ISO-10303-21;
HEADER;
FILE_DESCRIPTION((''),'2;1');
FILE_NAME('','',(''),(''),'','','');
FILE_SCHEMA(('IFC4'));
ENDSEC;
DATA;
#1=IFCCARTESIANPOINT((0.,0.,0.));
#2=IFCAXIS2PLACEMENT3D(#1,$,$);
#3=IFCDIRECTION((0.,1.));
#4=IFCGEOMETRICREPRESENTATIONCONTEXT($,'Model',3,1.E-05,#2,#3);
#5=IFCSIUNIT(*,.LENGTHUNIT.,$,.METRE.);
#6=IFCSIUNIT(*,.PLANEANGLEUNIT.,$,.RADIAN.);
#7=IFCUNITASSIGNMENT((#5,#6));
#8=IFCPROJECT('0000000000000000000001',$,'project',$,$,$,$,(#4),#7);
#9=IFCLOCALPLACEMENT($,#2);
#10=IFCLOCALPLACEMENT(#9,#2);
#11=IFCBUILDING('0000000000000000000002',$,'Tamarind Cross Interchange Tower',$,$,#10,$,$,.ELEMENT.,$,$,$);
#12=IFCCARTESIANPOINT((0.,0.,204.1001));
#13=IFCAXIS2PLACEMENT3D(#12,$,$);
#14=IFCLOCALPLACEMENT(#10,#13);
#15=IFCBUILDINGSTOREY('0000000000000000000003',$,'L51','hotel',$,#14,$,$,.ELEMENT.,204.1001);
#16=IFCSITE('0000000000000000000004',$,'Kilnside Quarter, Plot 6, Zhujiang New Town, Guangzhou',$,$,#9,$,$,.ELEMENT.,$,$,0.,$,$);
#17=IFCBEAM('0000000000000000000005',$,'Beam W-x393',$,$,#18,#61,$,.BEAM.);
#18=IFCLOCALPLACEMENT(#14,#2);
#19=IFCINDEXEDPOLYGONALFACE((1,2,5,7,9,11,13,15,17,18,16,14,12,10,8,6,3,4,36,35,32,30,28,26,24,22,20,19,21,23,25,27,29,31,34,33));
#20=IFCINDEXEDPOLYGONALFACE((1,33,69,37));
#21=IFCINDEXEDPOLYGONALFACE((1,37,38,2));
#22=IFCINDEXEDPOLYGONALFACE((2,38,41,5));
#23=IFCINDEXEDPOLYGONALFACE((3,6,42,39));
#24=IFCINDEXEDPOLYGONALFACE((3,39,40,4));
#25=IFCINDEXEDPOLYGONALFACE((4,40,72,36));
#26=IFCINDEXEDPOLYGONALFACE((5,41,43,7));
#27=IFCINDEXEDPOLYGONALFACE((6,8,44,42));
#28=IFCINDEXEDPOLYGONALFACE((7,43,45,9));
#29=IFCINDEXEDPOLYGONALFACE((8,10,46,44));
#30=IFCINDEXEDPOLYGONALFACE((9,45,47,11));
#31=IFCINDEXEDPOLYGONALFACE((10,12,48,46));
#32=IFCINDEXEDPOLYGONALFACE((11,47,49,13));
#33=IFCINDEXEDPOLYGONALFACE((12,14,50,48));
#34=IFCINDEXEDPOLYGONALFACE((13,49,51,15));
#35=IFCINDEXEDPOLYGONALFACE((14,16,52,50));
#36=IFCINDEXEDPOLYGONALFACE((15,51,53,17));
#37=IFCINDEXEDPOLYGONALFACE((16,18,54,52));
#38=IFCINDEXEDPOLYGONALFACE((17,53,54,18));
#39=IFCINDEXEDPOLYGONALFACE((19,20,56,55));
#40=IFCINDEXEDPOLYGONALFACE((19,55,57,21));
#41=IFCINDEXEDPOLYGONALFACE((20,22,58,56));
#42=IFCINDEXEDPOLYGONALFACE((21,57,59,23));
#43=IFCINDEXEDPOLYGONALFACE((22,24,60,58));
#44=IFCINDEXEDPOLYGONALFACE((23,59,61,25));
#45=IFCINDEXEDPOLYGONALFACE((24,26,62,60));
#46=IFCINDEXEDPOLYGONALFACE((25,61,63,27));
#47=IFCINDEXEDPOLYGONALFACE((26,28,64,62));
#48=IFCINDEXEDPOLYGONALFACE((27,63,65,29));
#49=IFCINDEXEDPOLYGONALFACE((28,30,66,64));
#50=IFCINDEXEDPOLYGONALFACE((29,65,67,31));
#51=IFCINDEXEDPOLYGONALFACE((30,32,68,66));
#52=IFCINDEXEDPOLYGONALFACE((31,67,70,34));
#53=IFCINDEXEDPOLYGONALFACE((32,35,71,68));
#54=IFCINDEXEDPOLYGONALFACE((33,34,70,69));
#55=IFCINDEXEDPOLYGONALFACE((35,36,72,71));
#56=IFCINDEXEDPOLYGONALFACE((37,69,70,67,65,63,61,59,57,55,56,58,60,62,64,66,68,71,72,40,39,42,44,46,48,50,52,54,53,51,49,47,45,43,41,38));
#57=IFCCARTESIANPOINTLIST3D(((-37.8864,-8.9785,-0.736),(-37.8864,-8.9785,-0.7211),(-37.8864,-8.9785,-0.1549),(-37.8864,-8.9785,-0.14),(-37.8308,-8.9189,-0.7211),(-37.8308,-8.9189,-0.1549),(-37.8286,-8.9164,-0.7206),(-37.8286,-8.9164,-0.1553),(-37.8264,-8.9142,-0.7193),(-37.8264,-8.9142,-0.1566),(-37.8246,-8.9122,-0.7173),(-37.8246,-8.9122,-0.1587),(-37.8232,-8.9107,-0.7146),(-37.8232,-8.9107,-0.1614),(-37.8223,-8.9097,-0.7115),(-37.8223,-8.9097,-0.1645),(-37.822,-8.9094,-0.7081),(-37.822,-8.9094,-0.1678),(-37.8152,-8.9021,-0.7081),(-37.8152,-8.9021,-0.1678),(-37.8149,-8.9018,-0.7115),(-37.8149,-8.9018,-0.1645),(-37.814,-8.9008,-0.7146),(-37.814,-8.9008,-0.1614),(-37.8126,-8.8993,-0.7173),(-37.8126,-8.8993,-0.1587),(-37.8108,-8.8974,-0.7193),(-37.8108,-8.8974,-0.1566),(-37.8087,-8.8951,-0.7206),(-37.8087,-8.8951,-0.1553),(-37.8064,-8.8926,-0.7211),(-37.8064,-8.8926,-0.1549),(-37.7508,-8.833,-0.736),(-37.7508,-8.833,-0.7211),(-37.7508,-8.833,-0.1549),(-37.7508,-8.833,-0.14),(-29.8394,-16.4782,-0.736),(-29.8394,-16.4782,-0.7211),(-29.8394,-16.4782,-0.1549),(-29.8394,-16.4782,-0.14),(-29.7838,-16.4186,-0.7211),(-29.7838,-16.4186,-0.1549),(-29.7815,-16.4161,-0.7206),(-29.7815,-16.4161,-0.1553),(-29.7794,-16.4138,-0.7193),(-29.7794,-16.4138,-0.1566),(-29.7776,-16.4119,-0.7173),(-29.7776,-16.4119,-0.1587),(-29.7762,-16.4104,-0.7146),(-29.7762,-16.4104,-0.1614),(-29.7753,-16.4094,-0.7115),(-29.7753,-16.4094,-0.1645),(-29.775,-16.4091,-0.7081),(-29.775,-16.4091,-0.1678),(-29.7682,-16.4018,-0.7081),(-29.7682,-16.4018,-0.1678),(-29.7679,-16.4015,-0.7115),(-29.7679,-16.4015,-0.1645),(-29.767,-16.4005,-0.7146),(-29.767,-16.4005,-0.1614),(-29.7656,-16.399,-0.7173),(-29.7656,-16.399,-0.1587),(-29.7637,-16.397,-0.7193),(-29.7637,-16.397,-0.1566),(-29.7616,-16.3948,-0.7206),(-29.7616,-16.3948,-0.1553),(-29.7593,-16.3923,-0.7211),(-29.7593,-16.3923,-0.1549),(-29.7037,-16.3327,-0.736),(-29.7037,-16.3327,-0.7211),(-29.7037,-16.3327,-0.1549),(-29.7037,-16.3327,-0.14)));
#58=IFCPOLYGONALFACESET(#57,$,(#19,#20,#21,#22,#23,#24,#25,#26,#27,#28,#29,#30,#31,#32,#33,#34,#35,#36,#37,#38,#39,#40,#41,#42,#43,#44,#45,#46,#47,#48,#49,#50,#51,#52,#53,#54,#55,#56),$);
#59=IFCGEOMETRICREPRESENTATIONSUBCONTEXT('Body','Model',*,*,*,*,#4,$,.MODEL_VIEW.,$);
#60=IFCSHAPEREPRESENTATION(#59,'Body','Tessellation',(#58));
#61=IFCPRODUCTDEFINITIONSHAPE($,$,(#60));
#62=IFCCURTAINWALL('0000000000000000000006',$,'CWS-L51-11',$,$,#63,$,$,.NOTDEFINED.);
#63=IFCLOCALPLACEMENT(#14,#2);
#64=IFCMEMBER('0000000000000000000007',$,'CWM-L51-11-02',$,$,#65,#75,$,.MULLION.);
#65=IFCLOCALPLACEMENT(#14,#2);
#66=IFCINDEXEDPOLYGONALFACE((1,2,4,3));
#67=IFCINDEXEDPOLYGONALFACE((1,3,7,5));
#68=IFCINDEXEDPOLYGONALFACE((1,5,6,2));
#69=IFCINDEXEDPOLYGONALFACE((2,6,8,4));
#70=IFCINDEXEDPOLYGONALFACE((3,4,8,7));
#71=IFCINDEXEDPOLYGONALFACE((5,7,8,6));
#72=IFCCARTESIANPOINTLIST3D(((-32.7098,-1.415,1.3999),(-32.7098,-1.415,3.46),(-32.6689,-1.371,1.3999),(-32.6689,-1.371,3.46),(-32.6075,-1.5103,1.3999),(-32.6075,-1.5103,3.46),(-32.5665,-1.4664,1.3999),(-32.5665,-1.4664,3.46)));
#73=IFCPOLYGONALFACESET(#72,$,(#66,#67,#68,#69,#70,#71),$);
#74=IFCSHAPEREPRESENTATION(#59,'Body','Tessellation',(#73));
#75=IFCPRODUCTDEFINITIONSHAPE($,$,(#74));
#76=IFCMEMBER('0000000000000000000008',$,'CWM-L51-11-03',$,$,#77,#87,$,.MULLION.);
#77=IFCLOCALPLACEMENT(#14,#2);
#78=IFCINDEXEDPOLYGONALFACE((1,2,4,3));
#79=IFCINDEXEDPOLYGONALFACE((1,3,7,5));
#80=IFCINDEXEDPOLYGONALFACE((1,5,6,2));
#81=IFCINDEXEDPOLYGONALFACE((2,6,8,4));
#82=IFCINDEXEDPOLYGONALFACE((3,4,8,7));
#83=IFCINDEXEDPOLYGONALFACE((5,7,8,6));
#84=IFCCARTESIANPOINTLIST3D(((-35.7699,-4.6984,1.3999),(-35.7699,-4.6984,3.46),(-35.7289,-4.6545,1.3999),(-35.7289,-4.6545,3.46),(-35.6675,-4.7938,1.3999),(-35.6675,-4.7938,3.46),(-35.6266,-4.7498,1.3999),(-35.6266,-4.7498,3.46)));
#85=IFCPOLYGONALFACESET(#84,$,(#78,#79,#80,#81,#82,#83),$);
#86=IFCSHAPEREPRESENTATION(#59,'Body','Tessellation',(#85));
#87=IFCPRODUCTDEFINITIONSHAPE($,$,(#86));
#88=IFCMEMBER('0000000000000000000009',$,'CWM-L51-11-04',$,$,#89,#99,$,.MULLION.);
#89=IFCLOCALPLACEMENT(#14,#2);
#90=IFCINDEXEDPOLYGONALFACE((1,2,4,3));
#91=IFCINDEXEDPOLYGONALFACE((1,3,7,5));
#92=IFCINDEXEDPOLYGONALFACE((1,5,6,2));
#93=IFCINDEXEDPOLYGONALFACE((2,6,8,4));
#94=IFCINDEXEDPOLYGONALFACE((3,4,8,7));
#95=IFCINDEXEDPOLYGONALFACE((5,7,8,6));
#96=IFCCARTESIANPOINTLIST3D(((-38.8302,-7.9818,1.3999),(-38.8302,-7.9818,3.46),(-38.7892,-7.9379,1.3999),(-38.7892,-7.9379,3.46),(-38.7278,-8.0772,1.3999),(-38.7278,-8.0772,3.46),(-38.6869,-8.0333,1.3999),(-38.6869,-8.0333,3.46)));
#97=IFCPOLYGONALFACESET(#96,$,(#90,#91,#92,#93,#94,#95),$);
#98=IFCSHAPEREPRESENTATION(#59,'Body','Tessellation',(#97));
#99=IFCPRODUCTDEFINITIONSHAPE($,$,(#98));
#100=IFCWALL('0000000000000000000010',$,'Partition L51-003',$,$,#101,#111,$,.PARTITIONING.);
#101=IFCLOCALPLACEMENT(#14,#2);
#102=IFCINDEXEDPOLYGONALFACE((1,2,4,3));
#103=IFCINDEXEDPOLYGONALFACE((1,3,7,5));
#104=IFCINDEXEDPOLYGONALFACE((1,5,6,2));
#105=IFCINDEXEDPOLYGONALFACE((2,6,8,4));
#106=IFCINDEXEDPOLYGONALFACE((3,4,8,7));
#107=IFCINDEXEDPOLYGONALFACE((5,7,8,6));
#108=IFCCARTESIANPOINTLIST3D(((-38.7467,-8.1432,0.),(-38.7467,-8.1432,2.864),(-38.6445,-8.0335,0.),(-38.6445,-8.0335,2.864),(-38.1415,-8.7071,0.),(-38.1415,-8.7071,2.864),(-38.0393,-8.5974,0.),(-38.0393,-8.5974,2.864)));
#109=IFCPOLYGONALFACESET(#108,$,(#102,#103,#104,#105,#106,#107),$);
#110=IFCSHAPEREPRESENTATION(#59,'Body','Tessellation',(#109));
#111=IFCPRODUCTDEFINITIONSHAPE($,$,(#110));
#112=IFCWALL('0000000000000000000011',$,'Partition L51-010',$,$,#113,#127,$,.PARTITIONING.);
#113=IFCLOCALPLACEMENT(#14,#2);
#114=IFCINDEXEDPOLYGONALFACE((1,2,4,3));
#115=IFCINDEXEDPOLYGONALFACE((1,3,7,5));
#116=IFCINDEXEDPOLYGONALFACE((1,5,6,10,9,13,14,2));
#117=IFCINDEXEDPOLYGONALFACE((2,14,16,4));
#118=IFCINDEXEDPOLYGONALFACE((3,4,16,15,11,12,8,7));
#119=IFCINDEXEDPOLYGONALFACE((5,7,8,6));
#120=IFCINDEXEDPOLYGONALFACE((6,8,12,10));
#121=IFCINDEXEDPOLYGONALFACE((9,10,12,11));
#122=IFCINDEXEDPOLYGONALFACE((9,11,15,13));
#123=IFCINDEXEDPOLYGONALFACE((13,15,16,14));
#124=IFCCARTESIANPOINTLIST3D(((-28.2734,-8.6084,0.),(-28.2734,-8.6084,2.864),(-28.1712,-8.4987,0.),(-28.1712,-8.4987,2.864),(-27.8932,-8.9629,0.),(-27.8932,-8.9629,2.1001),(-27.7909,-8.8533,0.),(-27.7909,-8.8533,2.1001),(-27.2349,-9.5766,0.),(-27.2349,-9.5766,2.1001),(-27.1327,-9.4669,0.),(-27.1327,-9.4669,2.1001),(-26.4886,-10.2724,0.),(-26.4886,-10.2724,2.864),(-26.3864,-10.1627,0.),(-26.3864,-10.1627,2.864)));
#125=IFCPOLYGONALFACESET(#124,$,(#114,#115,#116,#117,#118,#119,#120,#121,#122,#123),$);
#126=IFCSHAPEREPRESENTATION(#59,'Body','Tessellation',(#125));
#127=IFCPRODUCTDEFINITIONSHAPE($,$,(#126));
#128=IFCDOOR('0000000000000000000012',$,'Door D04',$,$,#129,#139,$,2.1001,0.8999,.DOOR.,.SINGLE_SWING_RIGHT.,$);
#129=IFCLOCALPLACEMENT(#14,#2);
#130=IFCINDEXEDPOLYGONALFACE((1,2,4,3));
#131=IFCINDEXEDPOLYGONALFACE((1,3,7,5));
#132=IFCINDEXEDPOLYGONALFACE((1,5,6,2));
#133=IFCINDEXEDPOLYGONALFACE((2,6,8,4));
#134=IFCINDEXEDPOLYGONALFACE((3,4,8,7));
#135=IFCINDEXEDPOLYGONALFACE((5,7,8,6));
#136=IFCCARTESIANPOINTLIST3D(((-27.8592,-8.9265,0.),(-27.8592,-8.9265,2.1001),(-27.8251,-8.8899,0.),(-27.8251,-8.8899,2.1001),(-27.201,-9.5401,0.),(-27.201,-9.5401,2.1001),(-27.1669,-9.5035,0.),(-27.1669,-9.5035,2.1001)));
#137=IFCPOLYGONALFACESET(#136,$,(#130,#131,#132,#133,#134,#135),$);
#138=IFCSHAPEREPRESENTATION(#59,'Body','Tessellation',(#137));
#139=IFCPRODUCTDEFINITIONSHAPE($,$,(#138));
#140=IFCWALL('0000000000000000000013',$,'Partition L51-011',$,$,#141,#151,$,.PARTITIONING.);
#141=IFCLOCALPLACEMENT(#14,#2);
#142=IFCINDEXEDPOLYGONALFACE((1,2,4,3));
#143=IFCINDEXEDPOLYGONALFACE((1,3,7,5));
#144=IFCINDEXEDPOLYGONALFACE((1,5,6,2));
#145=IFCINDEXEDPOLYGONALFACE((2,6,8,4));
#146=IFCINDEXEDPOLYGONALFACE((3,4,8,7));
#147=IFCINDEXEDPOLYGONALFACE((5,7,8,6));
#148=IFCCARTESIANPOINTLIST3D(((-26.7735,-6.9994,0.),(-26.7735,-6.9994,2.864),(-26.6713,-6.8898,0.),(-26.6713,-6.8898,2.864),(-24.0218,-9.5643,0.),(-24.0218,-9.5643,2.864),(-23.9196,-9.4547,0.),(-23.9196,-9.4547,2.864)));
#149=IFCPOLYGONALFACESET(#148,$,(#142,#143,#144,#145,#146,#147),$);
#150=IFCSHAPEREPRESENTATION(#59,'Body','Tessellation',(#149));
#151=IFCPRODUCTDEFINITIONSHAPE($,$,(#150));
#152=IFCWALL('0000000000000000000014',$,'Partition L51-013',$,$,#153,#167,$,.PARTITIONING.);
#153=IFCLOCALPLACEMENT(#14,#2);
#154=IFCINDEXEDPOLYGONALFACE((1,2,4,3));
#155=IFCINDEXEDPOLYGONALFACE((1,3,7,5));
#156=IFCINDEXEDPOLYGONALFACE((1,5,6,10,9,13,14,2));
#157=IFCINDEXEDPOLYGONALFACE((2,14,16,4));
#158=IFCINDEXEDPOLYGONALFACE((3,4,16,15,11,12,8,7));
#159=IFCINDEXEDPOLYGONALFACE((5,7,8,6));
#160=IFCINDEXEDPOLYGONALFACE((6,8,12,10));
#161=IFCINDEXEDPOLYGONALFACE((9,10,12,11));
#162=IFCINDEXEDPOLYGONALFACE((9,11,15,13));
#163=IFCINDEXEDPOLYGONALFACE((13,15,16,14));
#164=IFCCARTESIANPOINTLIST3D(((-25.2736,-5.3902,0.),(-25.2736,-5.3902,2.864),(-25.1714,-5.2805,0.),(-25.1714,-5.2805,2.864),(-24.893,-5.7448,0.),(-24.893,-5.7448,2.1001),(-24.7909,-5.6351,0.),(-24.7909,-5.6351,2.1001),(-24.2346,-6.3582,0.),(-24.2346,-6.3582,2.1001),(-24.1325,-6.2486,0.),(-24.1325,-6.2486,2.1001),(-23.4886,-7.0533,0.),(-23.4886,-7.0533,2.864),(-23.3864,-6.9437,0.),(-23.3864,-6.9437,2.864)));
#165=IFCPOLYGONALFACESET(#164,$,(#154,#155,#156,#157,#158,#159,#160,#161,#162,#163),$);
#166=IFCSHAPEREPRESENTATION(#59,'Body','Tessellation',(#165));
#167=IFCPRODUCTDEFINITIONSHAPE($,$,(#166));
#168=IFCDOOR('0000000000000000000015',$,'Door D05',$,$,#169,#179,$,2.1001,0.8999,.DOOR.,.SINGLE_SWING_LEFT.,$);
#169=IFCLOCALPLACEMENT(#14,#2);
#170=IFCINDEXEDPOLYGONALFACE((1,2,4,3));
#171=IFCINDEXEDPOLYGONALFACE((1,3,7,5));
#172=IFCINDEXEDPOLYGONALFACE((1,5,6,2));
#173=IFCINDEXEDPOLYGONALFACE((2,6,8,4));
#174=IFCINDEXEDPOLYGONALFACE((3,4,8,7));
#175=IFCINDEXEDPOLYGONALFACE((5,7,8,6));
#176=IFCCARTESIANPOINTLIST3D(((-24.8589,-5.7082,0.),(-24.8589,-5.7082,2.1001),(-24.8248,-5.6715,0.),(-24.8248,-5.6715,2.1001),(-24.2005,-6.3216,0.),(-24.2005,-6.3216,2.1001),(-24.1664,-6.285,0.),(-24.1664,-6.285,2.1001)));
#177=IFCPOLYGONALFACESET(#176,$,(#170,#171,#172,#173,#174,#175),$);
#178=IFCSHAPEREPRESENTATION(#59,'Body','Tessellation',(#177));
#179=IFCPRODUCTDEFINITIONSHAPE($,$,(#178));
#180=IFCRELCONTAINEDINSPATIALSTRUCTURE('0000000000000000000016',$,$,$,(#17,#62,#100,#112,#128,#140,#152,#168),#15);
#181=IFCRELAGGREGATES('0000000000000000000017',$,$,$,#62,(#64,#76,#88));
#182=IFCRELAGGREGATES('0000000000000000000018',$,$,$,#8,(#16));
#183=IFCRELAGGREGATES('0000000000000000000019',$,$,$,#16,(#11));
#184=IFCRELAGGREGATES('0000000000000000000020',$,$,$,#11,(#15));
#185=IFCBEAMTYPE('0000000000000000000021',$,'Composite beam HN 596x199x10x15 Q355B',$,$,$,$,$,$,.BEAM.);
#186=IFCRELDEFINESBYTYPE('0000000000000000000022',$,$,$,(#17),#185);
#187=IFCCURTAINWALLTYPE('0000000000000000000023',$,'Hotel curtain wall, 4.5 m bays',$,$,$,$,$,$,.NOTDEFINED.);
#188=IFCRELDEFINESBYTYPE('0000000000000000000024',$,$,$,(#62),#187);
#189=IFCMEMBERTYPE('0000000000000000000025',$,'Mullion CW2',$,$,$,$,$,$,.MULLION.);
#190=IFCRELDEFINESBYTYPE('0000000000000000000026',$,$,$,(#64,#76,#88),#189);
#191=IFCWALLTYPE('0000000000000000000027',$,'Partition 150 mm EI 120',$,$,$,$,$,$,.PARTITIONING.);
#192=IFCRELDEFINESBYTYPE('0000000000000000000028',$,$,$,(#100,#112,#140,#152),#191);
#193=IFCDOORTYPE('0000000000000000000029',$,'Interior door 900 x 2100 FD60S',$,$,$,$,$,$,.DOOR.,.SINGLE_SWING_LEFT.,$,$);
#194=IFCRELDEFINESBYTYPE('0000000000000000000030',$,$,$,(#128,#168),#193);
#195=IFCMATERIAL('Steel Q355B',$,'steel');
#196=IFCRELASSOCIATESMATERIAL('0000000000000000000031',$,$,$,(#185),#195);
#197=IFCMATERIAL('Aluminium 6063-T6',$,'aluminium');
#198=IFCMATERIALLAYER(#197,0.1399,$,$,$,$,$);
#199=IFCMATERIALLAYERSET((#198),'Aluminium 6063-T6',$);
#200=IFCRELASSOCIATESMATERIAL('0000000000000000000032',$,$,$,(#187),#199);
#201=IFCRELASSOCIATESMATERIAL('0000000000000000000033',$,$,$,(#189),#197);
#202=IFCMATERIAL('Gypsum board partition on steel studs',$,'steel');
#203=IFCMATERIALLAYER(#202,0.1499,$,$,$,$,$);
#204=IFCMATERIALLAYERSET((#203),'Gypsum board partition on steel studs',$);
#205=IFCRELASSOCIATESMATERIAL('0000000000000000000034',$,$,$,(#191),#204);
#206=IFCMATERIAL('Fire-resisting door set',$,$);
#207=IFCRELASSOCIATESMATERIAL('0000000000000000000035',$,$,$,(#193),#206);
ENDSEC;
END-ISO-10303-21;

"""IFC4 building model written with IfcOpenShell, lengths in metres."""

from ifc_helpers import new_model, si_unit, direction, frame, frame_2d, origin, origin_2d, place, context, subcontext, project, spatial, rectangle, i_section, extrude, material, layer, layer_set, material_profile, profile_set, type_object, element, fill, aggregate, save


model = new_model("IFC4")

# Units and contexts
model_context = context("Model", 3, precision=1e-05, world=origin(), true_north=direction((0.0, 1.0)))
body_context = subcontext(model_context, "Body", "Model", "MODEL_VIEW")
ifc_project = project(units=[si_unit("LENGTHUNIT", "METRE"), si_unit("PLANEANGLEUNIT", "RADIAN")], contexts=[model_context])

# Site, building, storey
site_placement = place(None, origin())
site = spatial("IfcSite", under=ifc_project, at=site_placement, Name="Kilnside Quarter, Plot 6, Zhujiang New Town, Guangzhou", CompositionType="ELEMENT", RefElevation=0.0)
building_placement = place(site_placement, origin())
building = spatial("IfcBuilding", under=site, at=building_placement, Name="Tamarind Cross Interchange Tower", CompositionType="ELEMENT")
storey_placement = place(building_placement, frame((0.0, 0.0, 204.1001)))
storey = spatial("IfcBuildingStorey", under=building, at=storey_placement, Name="L51", Description="hotel", CompositionType="ELEMENT", Elevation=204.1001)

# Beam
ifc_material_1 = material(Name="Steel Q355B", Category="steel")
ifc_material_profile_1 = material_profile(ifc_material_1, i_section(OverallWidth=0.199, OverallDepth=0.5959, WebThickness=0.01, FlangeThickness=0.0149, FilletRadius=0.0129, at=origin_2d()), Name="HN 596x199x10x15")
ifc_profile_set_1 = profile_set([ifc_material_profile_1], Name="Steel Q355B")
beam_type_1 = type_object("IfcBeamType", Name="Composite beam HN 596x199x10x15 Q355B", PredefinedType="BEAM", material=ifc_profile_set_1)
for number, where, z_axis, x_axis, name in (
    (1, (-37.8186, -8.9058, -0.438), (0.731549, -0.681789, 0.0), (0.681789, 0.731549, 0.0), "Beam W-x393"),
):
    element("IfcBeam", number, at=place(storey_placement, frame(where, z_axis=z_axis, x_axis=x_axis)), inside=storey, type_object=beam_type_1, Name=name, PredefinedType="BEAM", context=body_context, shape_type="SweptSolid", body=[
        extrude(i_section(OverallWidth=0.199, OverallDepth=0.5959, WebThickness=0.01, FlangeThickness=0.0149, FilletRadius=0.0129, at=origin_2d()), origin(), (0.0, 0.0, 1.0), 11.0),
    ])

# Curtain wall, members
ifc_material_2 = material(Name="Aluminium 6063-T6", Category="aluminium")
ifc_layer_1 = layer(ifc_material_2, 0.1399)
ifc_layer_set_1 = layer_set([ifc_layer_1], Name="Aluminium 6063-T6")
curtain_wall_type = type_object("IfcCurtainWallType", Name="Hotel curtain wall, 4.5 m bays", PredefinedType="NOTDEFINED", material=ifc_layer_set_1)
curtain_wall_placement = place(storey_placement, origin())
curtain_wall = element("IfcCurtainWall", 2, at=curtain_wall_placement, inside=storey, type_object=curtain_wall_type, Name="CWS-L51-11", PredefinedType="NOTDEFINED")
ifc_material_profile_2 = material_profile(ifc_material_2, rectangle(XDim=0.0601, YDim=0.1399, at=origin_2d()), Name="Mullion CW2")
ifc_profile_set_2 = profile_set([ifc_material_profile_2], Name="Aluminium 6063-T6")
member_type = type_object("IfcMemberType", Name="Mullion CW2", PredefinedType="MULLION", material=ifc_profile_set_2)
member_1_placement = place(storey_placement, frame((-32.6382, -1.4407, 1.3999), z_axis=(0.0, 0.0, 1.0), x_axis=(-0.681794, -0.731544, 0.0)))
member_1 = element("IfcMember", 3, at=member_1_placement, type_object=member_type, Name="CWM-L51-11-02", PredefinedType="MULLION", context=body_context, shape_type="SweptSolid", body=[
    extrude(rectangle(XDim=0.0601, YDim=0.1399, at=origin_2d()), origin(), (0.0, 0.0, 1.0), 2.0601),
])
member_2_placement = place(storey_placement, frame((-35.6982, -4.7241, 1.3999), z_axis=(0.0, 0.0, 1.0), x_axis=(-0.681794, -0.731544, 0.0)))
member_2 = element("IfcMember", 4, at=member_2_placement, type_object=member_type, Name="CWM-L51-11-03", PredefinedType="MULLION", context=body_context, shape_type="SweptSolid", body=[
    extrude(rectangle(XDim=0.0601, YDim=0.1399, at=origin_2d()), origin(), (0.0, 0.0, 1.0), 2.0601),
])
member_3_placement = place(storey_placement, frame((-38.7585, -8.0076, 1.3999), z_axis=(0.0, 0.0, 1.0), x_axis=(-0.681794, -0.731544, 0.0)))
member_3 = element("IfcMember", 5, at=member_3_placement, type_object=member_type, Name="CWM-L51-11-04", PredefinedType="MULLION", context=body_context, shape_type="SweptSolid", body=[
    extrude(rectangle(XDim=0.0601, YDim=0.1399, at=origin_2d()), origin(), (0.0, 0.0, 1.0), 2.0601),
])
aggregate(curtain_wall, [member_1, member_2, member_3])

# Wall
ifc_material_3 = material(Name="Gypsum board partition on steel studs", Category="steel")
ifc_layer_2 = layer(ifc_material_3, 0.1499)
ifc_layer_set_2 = layer_set([ifc_layer_2], Name="Gypsum board partition on steel studs")
wall_type_1 = type_object("IfcWallType", Name="Partition 150 mm EI 120", PredefinedType="PARTITIONING", material=ifc_layer_set_2)
wall_1_placement = place(storey_placement, frame((-38.6956, -8.0884, 0.0), z_axis=(0.0, 0.0, 1.0), x_axis=(0.731605, -0.681729, 0.0)))
element("IfcWall", 6, at=wall_1_placement, inside=storey, type_object=wall_type_1, Name="Partition L51-003", PredefinedType="PARTITIONING", context=body_context, shape_type="SweptSolid", body=[
    extrude(rectangle(XDim=0.8271, YDim=0.1499, at=frame_2d((0.4136, 0.0))), origin(), (0.0, 0.0, 1.0), 2.864),
])

# Wall, opening, door
wall_2_placement = place(storey_placement, frame((-28.2224, -8.5535, 0.0), z_axis=(0.0, 0.0, 1.0), x_axis=(0.731434, -0.681912, 0.0)))
wall_2 = element("IfcWall", 7, at=wall_2_placement, inside=storey, type_object=wall_type_1, Name="Partition L51-010", PredefinedType="PARTITIONING", context=body_context, shape_type="SweptSolid", body=[
    extrude(rectangle(XDim=2.4402, YDim=0.1499, at=frame_2d((1.2202, 0.0))), origin(), (0.0, 0.0, 1.0), 2.864),
])
opening_1_placement = place(wall_2_placement, frame((0.52, 0.0, 0.0)))
opening_1 = element("IfcOpeningElement", 8, at=opening_1_placement, cuts=wall_2, PredefinedType="OPENING", context=body_context, shape_type="SweptSolid", body=[
    extrude(rectangle(XDim=0.8999, YDim=2.1001, at=frame_2d((0.45, 1.05))), frame((0.0, 0.085, 0.0), z_axis=(0.0, -1.0, 0.0), x_axis=(1.0, 0.0, 0.0)), (0.0, 0.0, 1.0), 0.1699),
])
ifc_material_4 = material(Name="Fire-resisting door set")
door_type_1 = type_object("IfcDoorType", Name="Interior door 900 x 2100 FD60S", OperationType="SINGLE_SWING_LEFT", PredefinedType="DOOR", material=ifc_material_4)
door_1_placement = place(opening_1_placement, origin())
door_1 = element("IfcDoor", 9, at=door_1_placement, inside=storey, type_object=door_type_1, Name="Door D04", OperationType="SINGLE_SWING_RIGHT", OverallHeight=2.1001, OverallWidth=0.8999, PredefinedType="DOOR", context=body_context, shape_type="SweptSolid", body=[
    extrude(rectangle(XDim=0.8999, YDim=2.1001, at=frame_2d((0.45, 1.05))), frame((0.0, 0.0249, 0.0), z_axis=(0.0, -1.0, 0.0), x_axis=(1.0, 0.0, 0.0)), (0.0, 0.0, 1.0), 0.05),
])
fill(opening_1, door_1)

# Wall
wall_3_placement = place(storey_placement, frame((-26.7224, -6.9446, 0.0), z_axis=(0.0, 0.0, 1.0), x_axis=(0.731495, -0.681846, 0.0)))
element("IfcWall", 10, at=wall_3_placement, inside=storey, type_object=wall_type_1, Name="Partition L51-011", PredefinedType="PARTITIONING", context=body_context, shape_type="SweptSolid", body=[
    extrude(rectangle(XDim=3.7617, YDim=0.1499, at=frame_2d((1.8809, 0.0))), origin(), (0.0, 0.0, 1.0), 2.864),
])

# Wall, opening, door
wall_4_placement = place(storey_placement, frame((-25.2224, -5.3354, 0.0), z_axis=(0.0, 0.0, 1.0), x_axis=(0.731634, -0.681698, 0.0)))
wall_4 = element("IfcWall", 11, at=wall_4_placement, inside=storey, type_object=wall_type_1, Name="Partition L51-013", PredefinedType="PARTITIONING", context=body_context, shape_type="SweptSolid", body=[
    extrude(rectangle(XDim=2.4397, YDim=0.1499, at=frame_2d((1.2197, 0.0))), origin(), (0.0, 0.0, 1.0), 2.864),
])
opening_2_placement = place(wall_4_placement, frame((0.52, 0.0, 0.0)))
opening_2 = element("IfcOpeningElement", 12, at=opening_2_placement, cuts=wall_4, PredefinedType="OPENING", context=body_context, shape_type="SweptSolid", body=[
    extrude(rectangle(XDim=0.8999, YDim=2.1001, at=frame_2d((0.45, 1.05))), frame((0.0, 0.085, 0.0), z_axis=(0.0, -1.0, 0.0), x_axis=(1.0, 0.0, 0.0)), (0.0, 0.0, 1.0), 0.1699),
])
door_2_placement = place(opening_2_placement, frame((0.8999, 0.0, 0.0), z_axis=(0.0, 0.0, 1.0), x_axis=(-1.0, 0.0, 0.0)))
door_2 = element("IfcDoor", 13, at=door_2_placement, inside=storey, type_object=door_type_1, Name="Door D05", OperationType="SINGLE_SWING_LEFT", OverallHeight=2.1001, OverallWidth=0.8999, PredefinedType="DOOR", context=body_context, shape_type="SweptSolid", body=[
    extrude(rectangle(XDim=0.8999, YDim=2.1001, at=frame_2d((0.45, 1.05))), frame((0.0, 0.0249, 0.0), z_axis=(0.0, -1.0, 0.0), x_axis=(1.0, 0.0, 0.0)), (0.0, 0.0, 1.0), 0.05),
])
fill(opening_2, door_2)

save(model, "model.ifc")
